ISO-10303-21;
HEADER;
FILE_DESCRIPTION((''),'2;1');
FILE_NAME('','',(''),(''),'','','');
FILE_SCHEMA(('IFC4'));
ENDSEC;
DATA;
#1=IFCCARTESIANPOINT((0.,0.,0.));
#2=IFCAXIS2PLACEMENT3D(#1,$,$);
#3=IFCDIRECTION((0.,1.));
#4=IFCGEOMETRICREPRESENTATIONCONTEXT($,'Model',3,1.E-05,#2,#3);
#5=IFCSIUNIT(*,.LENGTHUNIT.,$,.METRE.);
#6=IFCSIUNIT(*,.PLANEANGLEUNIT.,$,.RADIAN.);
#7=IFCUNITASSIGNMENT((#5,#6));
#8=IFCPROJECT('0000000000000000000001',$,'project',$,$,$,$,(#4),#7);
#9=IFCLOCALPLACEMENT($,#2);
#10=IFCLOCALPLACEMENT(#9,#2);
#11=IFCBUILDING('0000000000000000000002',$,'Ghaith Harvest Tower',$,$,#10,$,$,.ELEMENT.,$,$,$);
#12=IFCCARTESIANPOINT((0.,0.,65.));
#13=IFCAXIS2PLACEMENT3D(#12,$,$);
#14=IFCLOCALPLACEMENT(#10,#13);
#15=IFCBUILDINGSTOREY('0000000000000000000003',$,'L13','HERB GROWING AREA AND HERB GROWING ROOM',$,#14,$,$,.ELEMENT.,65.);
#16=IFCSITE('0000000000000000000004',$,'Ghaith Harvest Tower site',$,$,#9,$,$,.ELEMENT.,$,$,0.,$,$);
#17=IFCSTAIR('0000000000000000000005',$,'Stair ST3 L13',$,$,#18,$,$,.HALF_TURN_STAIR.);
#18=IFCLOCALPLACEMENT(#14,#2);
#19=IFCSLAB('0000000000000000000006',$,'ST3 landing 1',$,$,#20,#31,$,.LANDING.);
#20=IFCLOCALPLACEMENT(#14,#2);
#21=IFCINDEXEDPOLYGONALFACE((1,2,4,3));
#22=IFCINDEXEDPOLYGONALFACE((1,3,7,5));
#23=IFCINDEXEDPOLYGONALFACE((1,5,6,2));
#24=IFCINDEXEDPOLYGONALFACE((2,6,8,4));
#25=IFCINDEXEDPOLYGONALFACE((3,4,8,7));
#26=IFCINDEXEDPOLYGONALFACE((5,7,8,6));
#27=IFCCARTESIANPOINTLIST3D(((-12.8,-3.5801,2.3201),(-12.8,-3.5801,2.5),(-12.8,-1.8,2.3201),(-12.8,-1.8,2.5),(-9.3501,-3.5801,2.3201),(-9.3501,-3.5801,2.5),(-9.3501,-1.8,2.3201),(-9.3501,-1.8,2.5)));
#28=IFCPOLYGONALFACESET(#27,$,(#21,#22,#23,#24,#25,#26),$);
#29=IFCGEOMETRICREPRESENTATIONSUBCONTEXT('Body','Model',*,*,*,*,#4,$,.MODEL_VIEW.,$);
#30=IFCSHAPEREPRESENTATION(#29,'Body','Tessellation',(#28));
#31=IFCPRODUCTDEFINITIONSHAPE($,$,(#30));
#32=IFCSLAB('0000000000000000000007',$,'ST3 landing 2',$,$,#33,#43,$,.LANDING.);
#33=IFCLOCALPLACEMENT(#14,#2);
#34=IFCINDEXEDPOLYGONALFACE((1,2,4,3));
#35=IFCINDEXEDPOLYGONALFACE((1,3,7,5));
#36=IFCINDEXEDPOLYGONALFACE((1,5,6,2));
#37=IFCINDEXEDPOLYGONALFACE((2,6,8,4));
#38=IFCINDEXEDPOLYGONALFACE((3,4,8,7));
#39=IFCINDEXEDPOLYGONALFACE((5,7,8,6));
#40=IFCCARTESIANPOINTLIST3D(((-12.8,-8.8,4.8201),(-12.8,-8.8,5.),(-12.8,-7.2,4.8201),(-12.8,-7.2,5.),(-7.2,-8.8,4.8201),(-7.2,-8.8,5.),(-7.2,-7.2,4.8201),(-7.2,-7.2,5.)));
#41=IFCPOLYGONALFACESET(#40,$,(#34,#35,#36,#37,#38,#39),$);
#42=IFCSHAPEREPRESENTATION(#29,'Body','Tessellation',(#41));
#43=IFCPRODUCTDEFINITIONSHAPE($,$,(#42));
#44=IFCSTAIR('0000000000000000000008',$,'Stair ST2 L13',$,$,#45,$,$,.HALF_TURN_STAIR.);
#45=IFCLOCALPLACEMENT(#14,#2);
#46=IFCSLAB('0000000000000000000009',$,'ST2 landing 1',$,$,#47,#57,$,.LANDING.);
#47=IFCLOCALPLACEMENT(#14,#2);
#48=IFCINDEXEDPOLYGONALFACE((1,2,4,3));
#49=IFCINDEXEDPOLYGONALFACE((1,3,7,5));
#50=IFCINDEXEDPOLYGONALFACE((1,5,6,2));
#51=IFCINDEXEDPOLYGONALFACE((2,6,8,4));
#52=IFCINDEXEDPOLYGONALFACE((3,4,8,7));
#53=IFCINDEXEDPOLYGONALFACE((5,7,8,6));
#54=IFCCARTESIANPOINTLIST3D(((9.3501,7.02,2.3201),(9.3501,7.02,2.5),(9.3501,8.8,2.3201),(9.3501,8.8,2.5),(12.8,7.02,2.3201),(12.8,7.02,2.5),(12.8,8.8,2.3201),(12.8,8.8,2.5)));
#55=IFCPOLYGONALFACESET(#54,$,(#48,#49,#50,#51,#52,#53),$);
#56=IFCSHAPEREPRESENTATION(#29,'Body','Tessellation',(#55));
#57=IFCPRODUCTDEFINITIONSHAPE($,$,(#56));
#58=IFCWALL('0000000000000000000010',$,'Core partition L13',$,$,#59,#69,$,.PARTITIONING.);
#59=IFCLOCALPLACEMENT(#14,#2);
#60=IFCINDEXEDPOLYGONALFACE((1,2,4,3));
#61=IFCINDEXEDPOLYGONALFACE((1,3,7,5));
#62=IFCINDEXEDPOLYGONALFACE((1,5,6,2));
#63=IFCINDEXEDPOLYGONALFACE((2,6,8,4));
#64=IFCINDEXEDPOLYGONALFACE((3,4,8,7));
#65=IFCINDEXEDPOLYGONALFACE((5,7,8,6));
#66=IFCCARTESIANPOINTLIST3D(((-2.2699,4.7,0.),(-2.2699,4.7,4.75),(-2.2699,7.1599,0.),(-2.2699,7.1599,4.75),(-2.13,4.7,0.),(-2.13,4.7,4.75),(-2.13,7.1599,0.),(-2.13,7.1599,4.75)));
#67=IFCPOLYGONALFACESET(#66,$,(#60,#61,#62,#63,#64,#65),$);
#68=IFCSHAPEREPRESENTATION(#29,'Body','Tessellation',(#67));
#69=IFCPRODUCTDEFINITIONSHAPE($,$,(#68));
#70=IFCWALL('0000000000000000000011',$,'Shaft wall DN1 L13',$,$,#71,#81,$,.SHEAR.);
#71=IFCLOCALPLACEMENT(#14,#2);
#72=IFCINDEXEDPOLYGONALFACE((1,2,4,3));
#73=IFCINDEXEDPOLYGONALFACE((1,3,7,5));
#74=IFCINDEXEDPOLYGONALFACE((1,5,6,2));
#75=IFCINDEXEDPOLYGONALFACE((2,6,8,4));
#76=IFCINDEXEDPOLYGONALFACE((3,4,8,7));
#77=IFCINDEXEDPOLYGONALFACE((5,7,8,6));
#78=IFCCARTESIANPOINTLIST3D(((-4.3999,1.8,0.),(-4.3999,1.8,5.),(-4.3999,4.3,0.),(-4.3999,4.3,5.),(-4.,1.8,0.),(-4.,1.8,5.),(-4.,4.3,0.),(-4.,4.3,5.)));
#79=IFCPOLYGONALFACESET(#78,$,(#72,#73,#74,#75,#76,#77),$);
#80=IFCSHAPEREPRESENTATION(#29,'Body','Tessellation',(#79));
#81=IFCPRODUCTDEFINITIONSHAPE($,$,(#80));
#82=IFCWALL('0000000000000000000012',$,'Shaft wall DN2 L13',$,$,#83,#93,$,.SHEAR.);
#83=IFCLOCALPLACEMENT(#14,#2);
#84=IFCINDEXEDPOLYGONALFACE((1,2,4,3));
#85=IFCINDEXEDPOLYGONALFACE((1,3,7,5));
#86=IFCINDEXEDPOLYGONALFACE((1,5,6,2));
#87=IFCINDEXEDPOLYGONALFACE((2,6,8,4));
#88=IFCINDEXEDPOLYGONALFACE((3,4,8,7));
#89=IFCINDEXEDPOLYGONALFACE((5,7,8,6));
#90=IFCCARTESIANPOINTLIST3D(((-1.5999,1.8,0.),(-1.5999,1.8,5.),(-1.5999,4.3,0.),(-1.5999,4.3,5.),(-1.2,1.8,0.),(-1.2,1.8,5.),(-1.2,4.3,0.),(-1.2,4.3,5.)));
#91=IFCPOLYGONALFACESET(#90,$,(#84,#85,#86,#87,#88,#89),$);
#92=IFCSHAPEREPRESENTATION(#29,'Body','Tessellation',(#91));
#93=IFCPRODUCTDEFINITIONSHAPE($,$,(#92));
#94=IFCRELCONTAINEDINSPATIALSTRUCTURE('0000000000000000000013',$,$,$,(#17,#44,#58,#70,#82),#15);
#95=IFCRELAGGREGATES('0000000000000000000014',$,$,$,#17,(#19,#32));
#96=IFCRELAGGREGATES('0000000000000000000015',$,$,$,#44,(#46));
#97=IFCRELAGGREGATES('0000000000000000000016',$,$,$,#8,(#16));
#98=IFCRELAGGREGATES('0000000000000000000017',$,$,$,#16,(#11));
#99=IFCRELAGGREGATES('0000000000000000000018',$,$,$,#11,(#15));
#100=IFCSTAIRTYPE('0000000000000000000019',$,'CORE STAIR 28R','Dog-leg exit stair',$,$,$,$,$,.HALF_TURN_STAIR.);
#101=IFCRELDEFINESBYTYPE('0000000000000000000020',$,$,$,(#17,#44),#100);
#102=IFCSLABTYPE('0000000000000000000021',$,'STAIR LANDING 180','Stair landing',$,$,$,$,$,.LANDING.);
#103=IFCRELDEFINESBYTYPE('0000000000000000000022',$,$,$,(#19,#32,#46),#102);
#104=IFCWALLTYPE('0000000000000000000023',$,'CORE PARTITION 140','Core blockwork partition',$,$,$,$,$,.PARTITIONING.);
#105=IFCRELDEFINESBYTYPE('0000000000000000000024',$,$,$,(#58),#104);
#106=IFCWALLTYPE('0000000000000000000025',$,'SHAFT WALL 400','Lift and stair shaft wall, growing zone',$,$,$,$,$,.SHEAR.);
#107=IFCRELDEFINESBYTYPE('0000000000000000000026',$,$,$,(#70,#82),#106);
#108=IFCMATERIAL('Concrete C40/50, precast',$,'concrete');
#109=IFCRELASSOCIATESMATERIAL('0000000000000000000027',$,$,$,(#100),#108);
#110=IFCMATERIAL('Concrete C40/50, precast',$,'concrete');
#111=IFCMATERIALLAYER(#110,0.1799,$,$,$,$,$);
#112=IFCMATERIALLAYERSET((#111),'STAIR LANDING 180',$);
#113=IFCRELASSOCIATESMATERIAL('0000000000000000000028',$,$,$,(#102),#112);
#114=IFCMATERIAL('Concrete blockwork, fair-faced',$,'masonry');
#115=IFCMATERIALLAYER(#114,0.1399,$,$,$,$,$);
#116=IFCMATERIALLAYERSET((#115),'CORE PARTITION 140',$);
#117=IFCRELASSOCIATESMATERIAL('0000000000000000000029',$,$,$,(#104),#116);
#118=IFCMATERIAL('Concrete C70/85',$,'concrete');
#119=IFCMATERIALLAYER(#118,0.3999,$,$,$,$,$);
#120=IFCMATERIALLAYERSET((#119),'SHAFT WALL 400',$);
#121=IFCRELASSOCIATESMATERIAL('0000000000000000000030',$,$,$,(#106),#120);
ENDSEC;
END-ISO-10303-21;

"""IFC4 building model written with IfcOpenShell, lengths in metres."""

from ifc_helpers import new_model, si_unit, direction, frame, frame_2d, origin, place, context, subcontext, project, spatial, polyline, rectangle, outline, extrude, material, layer, layer_set, type_object, element, aggregate, save


model = new_model("IFC4")

# Units and contexts
model_context = context("Model", 3, precision=1e-05, world=origin(), true_north=direction((0.0, 1.0)))
body_context = subcontext(model_context, "Body", "Model", "MODEL_VIEW")
ifc_project = project(units=[si_unit("LENGTHUNIT", "METRE"), si_unit("PLANEANGLEUNIT", "RADIAN")], contexts=[model_context])

# Site, building, storey
site_placement = place(None, origin())
site = spatial("IfcSite", under=ifc_project, at=site_placement, Name="Ghaith Harvest Tower site", CompositionType="ELEMENT", RefElevation=0.0)
building_placement = place(site_placement, origin())
building = spatial("IfcBuilding", under=site, at=building_placement, Name="Ghaith Harvest Tower", CompositionType="ELEMENT")
storey_placement = place(building_placement, frame((0.0, 0.0, 65.0)))
storey = spatial("IfcBuildingStorey", under=building, at=storey_placement, Name="L13", Description="HERB GROWING AREA AND HERB GROWING ROOM", CompositionType="ELEMENT", Elevation=65.0)

# Stair, slabs
ifc_material_1 = material(Name="Concrete C40/50, precast", Category="concrete")
stair_type = type_object("IfcStairType", Name="CORE STAIR 28R", Description="Dog-leg exit stair", PredefinedType="HALF_TURN_STAIR", material=ifc_material_1)
ifc_material_2 = material(Name="Concrete C40/50, precast", Category="concrete")
ifc_layer_1 = layer(ifc_material_2, 0.1799)
ifc_layer_set_1 = layer_set([ifc_layer_1], Name="STAIR LANDING 180")
slab_type_1 = type_object("IfcSlabType", Name="STAIR LANDING 180", Description="Stair landing", PredefinedType="LANDING", material=ifc_layer_set_1)
stair_1_placement = place(storey_placement, origin())
stair_1 = element("IfcStair", 1, at=stair_1_placement, inside=storey, type_object=stair_type, Name="Stair ST3 L13", PredefinedType="HALF_TURN_STAIR")
slab_1_placement = place(storey_placement, frame((0.0, 0.0, 2.3201)))
slab_1 = element("IfcSlab", 2, at=slab_1_placement, type_object=slab_type_1, Name="ST3 landing 1", PredefinedType="LANDING", context=body_context, shape_type="SweptSolid", body=[
    extrude(outline(polyline([(-12.8, -3.5801), (-12.8, -1.8), (-9.3501, -1.8), (-9.3501, -3.5801), (-12.8, -3.5801)])), origin(), (0.0, 0.0, 1.0), 0.1799),
])
slab_2_placement = place(storey_placement, frame((0.0, 0.0, 4.8201)))
slab_2 = element("IfcSlab", 3, at=slab_2_placement, type_object=slab_type_1, Name="ST3 landing 2", PredefinedType="LANDING", context=body_context, shape_type="SweptSolid", body=[
    extrude(outline(polyline([(-12.8, -8.8), (-12.8, -7.2), (-7.2, -7.2), (-7.2, -8.8), (-12.8, -8.8)])), origin(), (0.0, 0.0, 1.0), 0.1799),
])
aggregate(stair_1, [slab_1, slab_2])

# Stair, slab
stair_2_placement = place(storey_placement, origin())
stair_2 = element("IfcStair", 4, at=stair_2_placement, inside=storey, type_object=stair_type, Name="Stair ST2 L13", PredefinedType="HALF_TURN_STAIR")
slab_3_placement = place(storey_placement, frame((0.0, 0.0, 2.3201)))
slab_3 = element("IfcSlab", 5, at=slab_3_placement, type_object=slab_type_1, Name="ST2 landing 1", PredefinedType="LANDING", context=body_context, shape_type="SweptSolid", body=[
    extrude(outline(polyline([(12.8, 7.02), (12.8, 8.8), (9.3501, 8.8), (9.3501, 7.02), (12.8, 7.02)])), origin(), (0.0, 0.0, 1.0), 0.1799),
])
aggregate(stair_2, [slab_3])

# Walls
ifc_material_3 = material(Name="Concrete blockwork, fair-faced", Category="masonry")
ifc_layer_2 = layer(ifc_material_3, 0.1399)
ifc_layer_set_2 = layer_set([ifc_layer_2], Name="CORE PARTITION 140")
wall_type_1 = type_object("IfcWallType", Name="CORE PARTITION 140", Description="Core blockwork partition", PredefinedType="PARTITIONING", material=ifc_layer_set_2)
wall_placement = place(storey_placement, frame((-2.2, 4.7, 0.0), z_axis=(0.0, 0.0, 1.0), x_axis=(0.0, 1.0, 0.0)))
element("IfcWall", 6, at=wall_placement, inside=storey, type_object=wall_type_1, Name="Core partition L13", PredefinedType="PARTITIONING", context=body_context, shape_type="SweptSolid", body=[
    extrude(rectangle(XDim=2.46, YDim=0.1399, at=frame_2d((1.23, 0.0))), origin(), (0.0, 0.0, 1.0), 4.75),
])
ifc_material_4 = material(Name="Concrete C70/85", Category="concrete")
ifc_layer_3 = layer(ifc_material_4, 0.3999)
ifc_layer_set_3 = layer_set([ifc_layer_3], Name="SHAFT WALL 400")
wall_type_2 = type_object("IfcWallType", Name="SHAFT WALL 400", Description="Lift and stair shaft wall, growing zone", PredefinedType="SHEAR", material=ifc_layer_set_3)
for number, where, z_axis, x_axis, name in (
    (7, (-4.2, 1.8, 0.0), (0.0, 0.0, 1.0), (0.0, 1.0, 0.0), "Shaft wall DN1 L13"),
    (8, (-1.3999, 1.8, 0.0), (0.0, 0.0, 1.0), (0.0, 1.0, 0.0), "Shaft wall DN2 L13"),
):
    element("IfcWall", number, at=place(storey_placement, frame(where, z_axis=z_axis, x_axis=x_axis)), inside=storey, type_object=wall_type_2, Name=name, PredefinedType="SHEAR", context=body_context, shape_type="SweptSolid", body=[
        extrude(rectangle(XDim=2.5, YDim=0.3999, at=frame_2d((1.25, 0.0))), origin(), (0.0, 0.0, 1.0), 5.0),
    ])

save(model, "model.ifc")
